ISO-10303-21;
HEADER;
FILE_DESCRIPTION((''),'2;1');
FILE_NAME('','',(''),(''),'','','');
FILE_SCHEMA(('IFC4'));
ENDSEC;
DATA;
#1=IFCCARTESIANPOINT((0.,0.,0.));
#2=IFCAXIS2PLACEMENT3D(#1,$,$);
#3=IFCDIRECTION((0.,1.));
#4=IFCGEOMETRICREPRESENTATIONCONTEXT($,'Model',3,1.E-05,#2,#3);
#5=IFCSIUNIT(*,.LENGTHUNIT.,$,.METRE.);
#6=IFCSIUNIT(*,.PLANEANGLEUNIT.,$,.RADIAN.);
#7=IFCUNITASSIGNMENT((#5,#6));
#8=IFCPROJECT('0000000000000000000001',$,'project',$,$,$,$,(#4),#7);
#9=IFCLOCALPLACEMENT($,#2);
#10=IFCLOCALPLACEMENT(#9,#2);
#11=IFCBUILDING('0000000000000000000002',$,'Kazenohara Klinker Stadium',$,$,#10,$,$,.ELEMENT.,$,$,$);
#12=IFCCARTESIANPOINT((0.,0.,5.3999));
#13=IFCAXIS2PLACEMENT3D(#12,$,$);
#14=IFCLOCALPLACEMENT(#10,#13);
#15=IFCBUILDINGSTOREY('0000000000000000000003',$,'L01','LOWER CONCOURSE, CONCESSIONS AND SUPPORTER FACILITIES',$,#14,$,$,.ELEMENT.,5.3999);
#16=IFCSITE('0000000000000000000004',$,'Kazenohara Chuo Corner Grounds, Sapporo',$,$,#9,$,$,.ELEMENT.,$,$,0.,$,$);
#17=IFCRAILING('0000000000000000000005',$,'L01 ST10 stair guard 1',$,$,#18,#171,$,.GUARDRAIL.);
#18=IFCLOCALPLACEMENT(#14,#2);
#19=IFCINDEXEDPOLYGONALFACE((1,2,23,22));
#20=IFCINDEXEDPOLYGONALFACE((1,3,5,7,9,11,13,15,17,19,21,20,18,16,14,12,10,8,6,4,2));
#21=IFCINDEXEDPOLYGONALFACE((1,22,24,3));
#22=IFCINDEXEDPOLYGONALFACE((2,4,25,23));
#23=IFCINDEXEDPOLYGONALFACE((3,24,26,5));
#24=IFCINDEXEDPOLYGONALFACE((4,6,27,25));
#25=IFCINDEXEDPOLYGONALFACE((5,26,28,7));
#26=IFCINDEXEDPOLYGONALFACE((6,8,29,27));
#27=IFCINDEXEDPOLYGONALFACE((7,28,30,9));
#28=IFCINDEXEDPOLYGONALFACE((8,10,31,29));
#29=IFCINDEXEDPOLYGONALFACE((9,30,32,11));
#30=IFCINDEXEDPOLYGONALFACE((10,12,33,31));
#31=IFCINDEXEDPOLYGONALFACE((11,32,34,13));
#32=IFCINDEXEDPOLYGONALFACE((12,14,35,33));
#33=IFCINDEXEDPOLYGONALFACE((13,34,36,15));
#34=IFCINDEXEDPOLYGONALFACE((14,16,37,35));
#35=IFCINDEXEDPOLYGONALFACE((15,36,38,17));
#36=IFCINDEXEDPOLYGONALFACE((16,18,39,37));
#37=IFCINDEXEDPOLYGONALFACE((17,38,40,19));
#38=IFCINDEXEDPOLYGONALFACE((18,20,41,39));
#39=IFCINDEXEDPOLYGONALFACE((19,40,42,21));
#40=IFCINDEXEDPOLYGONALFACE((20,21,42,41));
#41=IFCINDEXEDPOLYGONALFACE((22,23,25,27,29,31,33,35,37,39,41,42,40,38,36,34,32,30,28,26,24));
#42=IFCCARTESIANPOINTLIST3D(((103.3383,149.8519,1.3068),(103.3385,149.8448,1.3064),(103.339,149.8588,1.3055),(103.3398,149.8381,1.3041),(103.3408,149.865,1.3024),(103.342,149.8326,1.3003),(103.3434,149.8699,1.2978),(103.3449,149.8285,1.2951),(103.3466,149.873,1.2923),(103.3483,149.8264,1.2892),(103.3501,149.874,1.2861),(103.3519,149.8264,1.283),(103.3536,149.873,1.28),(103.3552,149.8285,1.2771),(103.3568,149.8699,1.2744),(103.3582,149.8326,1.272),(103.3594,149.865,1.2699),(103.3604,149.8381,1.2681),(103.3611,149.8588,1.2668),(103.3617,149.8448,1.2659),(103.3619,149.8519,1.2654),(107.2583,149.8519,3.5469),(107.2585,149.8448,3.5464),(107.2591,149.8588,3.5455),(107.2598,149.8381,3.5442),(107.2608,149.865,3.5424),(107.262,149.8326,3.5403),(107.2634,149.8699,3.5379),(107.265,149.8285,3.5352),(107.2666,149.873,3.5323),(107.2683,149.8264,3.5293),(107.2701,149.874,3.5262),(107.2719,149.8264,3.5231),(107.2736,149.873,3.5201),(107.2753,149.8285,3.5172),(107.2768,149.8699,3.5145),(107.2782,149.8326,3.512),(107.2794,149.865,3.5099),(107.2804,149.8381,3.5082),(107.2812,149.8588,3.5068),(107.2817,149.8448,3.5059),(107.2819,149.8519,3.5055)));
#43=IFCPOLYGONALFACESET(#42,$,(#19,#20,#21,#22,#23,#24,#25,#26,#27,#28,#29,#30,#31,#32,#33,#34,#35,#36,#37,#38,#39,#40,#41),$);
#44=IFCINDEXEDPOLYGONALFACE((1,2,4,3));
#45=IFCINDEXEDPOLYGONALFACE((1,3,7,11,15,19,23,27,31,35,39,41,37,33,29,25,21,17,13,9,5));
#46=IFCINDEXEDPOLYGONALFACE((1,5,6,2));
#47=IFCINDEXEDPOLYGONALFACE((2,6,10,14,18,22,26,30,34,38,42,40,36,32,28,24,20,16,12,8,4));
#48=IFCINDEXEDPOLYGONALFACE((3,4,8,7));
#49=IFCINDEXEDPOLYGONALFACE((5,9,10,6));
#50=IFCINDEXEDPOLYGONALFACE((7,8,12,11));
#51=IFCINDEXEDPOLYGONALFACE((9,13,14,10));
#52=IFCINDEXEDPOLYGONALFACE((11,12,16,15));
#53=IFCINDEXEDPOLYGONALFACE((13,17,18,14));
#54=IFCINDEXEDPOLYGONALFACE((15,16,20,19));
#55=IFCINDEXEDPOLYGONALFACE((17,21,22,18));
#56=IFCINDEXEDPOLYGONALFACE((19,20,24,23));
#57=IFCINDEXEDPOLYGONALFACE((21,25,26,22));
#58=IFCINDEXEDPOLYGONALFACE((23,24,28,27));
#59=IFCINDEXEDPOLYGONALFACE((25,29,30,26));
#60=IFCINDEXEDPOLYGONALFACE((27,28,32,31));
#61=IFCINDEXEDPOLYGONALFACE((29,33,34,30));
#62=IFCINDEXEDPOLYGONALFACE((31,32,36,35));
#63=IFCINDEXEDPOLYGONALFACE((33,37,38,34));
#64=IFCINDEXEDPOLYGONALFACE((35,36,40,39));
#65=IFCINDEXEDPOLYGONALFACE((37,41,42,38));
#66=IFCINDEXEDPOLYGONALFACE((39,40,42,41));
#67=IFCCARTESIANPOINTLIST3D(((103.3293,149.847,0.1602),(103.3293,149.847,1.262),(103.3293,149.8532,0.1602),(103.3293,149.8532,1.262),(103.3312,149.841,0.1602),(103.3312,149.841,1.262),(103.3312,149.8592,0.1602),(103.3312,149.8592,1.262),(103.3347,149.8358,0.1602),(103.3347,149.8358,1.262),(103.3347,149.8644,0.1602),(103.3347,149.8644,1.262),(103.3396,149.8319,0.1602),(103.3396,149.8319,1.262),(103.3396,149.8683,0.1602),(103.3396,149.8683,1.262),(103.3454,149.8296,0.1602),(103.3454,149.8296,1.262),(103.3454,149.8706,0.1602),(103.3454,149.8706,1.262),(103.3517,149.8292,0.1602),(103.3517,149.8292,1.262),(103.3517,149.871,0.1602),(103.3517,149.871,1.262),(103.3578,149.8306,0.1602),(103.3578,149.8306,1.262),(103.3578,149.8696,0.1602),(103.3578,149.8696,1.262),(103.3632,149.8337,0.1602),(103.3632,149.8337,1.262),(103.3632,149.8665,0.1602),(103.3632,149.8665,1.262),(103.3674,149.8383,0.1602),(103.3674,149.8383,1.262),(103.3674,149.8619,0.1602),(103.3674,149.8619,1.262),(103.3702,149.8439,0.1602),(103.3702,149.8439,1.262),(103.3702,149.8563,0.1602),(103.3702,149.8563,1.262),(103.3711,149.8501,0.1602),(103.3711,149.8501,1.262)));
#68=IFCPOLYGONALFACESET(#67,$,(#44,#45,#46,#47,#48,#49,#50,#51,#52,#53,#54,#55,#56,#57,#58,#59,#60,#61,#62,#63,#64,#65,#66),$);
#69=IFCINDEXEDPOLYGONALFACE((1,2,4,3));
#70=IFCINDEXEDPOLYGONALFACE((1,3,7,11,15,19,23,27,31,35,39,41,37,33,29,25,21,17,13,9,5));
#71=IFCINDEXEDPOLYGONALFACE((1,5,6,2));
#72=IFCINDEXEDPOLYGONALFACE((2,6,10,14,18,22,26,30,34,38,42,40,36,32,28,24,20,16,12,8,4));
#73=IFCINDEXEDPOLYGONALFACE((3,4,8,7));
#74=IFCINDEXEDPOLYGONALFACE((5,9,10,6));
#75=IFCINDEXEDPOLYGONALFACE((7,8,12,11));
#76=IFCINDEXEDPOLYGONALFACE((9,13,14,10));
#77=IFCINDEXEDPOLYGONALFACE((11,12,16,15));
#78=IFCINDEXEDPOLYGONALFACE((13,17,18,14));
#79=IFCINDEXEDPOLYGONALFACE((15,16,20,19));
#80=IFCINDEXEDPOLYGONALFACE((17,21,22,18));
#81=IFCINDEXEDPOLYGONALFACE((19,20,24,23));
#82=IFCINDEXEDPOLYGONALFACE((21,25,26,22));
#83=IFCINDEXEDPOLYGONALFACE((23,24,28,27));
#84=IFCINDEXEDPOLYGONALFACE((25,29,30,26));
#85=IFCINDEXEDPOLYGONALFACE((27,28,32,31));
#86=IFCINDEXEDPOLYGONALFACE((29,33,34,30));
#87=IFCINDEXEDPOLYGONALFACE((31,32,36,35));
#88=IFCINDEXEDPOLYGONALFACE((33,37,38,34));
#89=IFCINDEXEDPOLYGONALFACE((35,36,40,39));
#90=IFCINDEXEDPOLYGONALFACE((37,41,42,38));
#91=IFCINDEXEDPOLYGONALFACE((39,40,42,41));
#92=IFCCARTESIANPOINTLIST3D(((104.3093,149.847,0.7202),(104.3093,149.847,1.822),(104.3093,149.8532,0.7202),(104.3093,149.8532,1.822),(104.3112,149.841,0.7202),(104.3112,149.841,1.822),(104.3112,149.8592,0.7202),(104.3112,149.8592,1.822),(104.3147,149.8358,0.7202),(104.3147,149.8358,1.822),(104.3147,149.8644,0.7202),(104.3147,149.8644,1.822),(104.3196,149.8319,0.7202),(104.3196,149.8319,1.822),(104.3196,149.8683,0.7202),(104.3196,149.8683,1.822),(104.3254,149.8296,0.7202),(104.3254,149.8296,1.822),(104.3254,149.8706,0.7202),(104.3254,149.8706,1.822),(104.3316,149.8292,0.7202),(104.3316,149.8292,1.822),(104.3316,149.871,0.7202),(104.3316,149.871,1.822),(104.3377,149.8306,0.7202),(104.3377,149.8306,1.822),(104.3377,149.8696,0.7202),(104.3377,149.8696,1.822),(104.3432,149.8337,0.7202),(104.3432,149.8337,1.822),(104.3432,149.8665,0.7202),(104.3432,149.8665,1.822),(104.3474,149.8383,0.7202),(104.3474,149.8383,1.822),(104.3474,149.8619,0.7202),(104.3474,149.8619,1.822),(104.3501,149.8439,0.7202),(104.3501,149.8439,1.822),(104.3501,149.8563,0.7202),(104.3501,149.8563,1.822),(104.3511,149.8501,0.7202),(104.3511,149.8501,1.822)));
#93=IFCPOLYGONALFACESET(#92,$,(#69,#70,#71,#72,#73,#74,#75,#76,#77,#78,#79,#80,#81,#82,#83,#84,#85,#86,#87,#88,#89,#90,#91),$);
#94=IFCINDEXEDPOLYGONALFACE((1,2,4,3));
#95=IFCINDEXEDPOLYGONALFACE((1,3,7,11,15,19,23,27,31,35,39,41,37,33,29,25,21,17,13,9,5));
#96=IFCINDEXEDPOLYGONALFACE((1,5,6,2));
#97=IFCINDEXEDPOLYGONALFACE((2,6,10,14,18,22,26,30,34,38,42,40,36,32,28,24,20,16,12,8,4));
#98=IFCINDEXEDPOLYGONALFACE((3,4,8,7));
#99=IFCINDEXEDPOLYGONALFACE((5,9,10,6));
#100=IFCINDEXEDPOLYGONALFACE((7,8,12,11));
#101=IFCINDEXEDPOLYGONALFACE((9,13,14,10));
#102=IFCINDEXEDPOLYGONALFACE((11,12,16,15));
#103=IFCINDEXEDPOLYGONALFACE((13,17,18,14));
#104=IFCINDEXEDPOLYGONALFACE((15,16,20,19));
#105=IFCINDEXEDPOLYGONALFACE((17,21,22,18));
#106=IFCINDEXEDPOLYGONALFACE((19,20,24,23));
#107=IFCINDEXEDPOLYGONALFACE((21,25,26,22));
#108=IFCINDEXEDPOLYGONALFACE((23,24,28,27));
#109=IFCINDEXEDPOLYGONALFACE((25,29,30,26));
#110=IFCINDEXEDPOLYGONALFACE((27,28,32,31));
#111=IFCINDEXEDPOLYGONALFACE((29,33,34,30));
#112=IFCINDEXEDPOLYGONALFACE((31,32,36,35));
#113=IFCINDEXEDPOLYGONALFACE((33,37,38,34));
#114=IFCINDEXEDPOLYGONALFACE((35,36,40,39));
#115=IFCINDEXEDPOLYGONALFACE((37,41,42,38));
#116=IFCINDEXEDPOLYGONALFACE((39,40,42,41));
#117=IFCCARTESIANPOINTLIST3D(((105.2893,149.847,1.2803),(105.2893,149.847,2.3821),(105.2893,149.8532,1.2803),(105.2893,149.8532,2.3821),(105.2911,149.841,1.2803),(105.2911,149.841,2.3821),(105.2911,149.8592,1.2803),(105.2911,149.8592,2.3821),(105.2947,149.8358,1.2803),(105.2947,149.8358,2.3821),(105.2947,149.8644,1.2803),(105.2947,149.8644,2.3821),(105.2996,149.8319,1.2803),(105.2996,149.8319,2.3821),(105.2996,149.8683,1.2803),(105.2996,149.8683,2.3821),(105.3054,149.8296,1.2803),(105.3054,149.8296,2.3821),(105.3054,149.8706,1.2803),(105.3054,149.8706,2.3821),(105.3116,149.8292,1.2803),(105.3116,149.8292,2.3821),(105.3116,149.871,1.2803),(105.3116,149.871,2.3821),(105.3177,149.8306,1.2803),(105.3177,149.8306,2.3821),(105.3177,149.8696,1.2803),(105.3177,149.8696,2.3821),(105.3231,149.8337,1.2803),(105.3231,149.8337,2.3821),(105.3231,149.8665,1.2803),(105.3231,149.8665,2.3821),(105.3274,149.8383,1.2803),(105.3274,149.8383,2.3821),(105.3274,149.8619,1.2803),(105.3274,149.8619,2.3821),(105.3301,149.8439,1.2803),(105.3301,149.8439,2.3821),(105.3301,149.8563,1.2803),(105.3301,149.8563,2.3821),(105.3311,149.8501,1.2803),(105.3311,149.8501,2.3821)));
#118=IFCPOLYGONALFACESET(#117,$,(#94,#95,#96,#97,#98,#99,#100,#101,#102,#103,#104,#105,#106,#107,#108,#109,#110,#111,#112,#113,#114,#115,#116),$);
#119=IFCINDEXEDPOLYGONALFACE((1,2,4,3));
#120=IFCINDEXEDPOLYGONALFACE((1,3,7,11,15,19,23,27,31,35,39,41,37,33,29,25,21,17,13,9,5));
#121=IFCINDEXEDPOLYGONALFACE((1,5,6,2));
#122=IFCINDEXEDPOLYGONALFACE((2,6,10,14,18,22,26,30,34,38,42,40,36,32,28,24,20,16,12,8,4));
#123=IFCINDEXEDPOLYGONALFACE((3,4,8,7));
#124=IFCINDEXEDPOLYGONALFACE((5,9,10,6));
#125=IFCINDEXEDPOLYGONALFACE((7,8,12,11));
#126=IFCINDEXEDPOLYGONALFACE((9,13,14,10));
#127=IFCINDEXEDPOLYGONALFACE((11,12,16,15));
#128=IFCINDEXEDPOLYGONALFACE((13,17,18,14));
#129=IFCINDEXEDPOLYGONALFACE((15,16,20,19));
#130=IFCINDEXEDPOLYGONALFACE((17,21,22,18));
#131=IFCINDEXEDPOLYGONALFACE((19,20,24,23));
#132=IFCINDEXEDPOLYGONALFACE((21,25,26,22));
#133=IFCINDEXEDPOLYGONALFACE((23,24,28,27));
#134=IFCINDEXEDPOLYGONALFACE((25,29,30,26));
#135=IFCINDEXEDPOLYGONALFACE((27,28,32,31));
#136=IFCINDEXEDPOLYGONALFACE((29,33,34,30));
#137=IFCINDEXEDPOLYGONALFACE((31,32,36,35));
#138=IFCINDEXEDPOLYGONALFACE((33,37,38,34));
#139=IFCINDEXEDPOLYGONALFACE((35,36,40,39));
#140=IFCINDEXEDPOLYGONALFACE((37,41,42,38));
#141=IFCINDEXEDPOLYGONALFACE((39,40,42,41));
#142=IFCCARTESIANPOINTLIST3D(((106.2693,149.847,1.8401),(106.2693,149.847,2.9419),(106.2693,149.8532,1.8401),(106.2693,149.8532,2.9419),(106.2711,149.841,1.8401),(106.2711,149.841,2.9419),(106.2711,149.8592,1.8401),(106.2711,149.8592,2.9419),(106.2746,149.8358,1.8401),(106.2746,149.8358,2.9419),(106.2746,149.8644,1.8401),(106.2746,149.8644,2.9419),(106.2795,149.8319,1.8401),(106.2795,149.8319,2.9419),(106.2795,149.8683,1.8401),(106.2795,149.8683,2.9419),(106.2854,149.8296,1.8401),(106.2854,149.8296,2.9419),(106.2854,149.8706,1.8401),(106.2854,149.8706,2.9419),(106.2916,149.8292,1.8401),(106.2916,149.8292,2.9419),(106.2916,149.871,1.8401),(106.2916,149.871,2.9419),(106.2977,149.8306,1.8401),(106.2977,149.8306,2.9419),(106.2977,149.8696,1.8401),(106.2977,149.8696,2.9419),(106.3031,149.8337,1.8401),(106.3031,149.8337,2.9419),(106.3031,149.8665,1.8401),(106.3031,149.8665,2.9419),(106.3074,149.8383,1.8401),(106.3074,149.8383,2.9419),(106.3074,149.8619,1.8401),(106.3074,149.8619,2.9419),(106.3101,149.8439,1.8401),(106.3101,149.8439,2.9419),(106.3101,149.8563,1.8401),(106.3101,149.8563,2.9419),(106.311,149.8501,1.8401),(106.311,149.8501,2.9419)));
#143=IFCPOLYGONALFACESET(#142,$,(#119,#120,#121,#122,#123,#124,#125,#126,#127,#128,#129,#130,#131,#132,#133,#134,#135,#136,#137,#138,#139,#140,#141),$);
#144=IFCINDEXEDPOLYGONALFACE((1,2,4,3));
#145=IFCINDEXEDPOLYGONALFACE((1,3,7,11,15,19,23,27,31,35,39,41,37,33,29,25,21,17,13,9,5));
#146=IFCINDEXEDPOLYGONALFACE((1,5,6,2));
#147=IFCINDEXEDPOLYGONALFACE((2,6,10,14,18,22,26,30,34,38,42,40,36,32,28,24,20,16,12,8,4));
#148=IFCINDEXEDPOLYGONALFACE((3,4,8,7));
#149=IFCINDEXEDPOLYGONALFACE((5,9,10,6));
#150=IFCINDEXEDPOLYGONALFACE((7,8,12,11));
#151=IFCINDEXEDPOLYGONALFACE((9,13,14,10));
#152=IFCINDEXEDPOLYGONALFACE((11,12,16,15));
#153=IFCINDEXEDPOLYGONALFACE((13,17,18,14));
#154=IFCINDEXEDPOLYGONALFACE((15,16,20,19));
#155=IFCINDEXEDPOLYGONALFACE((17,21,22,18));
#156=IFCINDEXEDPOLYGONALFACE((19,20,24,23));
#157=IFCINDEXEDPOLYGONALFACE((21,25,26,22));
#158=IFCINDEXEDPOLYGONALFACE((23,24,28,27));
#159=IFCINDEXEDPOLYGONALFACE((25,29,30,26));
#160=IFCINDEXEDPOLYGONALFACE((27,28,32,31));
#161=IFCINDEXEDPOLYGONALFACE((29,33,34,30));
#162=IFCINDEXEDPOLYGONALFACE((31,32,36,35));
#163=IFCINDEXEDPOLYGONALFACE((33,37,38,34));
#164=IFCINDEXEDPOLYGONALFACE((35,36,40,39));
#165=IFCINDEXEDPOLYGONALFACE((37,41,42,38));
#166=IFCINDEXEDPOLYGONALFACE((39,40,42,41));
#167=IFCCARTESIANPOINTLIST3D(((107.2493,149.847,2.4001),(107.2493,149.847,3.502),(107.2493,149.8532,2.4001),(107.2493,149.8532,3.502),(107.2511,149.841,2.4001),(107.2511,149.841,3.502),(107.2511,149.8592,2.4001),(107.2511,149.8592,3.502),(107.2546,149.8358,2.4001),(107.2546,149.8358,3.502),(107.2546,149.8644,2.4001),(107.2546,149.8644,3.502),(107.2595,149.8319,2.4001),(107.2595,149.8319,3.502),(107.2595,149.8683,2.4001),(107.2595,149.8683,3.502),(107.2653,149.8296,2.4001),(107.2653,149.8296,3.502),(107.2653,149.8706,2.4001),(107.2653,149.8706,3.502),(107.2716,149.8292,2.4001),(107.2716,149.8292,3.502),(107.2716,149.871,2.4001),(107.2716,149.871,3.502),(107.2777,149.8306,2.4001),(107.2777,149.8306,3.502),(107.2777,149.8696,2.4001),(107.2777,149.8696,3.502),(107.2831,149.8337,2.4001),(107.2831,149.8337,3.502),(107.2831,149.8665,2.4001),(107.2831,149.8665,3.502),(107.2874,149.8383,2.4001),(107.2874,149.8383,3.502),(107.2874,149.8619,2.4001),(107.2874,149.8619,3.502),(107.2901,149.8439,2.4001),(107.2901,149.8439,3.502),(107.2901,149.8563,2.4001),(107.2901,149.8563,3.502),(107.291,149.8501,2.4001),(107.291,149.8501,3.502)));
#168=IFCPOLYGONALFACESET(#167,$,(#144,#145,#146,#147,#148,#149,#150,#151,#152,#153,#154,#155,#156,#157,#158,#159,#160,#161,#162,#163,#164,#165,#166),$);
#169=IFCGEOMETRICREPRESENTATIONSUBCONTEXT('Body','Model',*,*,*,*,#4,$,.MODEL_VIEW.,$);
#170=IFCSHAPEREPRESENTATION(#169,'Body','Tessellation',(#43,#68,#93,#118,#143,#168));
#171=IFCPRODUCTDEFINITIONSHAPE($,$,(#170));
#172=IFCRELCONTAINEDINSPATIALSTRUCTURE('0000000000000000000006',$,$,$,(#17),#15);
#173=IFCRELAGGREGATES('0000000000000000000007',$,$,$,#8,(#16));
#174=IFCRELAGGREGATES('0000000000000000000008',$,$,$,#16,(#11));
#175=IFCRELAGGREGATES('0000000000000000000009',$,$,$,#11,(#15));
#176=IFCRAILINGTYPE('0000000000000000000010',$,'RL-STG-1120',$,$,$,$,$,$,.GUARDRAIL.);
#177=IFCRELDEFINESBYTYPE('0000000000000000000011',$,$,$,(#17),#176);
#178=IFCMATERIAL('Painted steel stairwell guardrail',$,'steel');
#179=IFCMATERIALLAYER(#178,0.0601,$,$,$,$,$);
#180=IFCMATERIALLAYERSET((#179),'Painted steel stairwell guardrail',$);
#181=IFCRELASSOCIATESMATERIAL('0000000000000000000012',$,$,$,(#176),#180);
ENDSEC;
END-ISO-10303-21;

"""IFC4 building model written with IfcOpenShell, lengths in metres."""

from ifc_helpers import new_model, si_unit, direction, frame, origin, origin_2d, place, context, subcontext, project, spatial, circle, extrude, material, layer, layer_set, type_object, element, save


model = new_model("IFC4")

# Units and contexts
model_context = context("Model", 3, precision=1e-05, world=origin(), true_north=direction((0.0, 1.0)))
body_context = subcontext(model_context, "Body", "Model", "MODEL_VIEW")
ifc_project = project(units=[si_unit("LENGTHUNIT", "METRE"), si_unit("PLANEANGLEUNIT", "RADIAN")], contexts=[model_context])

# Site, building, storey
site_placement = place(None, origin())
site = spatial("IfcSite", under=ifc_project, at=site_placement, Name="Kazenohara Chuo Corner Grounds, Sapporo", CompositionType="ELEMENT", RefElevation=0.0)
building_placement = place(site_placement, origin())
building = spatial("IfcBuilding", under=site, at=building_placement, Name="Kazenohara Klinker Stadium", CompositionType="ELEMENT")
storey_placement = place(building_placement, frame((0.0, 0.0, 5.3999)))
storey = spatial("IfcBuildingStorey", under=building, at=storey_placement, Name="L01", Description="LOWER CONCOURSE, CONCESSIONS AND SUPPORTER FACILITIES", CompositionType="ELEMENT", Elevation=5.3999)

# Railing
ifc_material_1 = material(Name="Painted steel stairwell guardrail", Category="steel")
ifc_layer_1 = layer(ifc_material_1, 0.0601)
ifc_layer_set_1 = layer_set([ifc_layer_1], Name="Painted steel stairwell guardrail")
railing_type = type_object("IfcRailingType", Name="RL-STG-1120", PredefinedType="GUARDRAIL", material=ifc_layer_set_1)
railing_1_placement = place(storey_placement, frame((103.3501, 149.8501, 0.1602)))
element("IfcRailing", 1, at=railing_1_placement, inside=storey, type_object=railing_type, Name="L01 ST10 stair guard 1", PredefinedType="GUARDRAIL", context=body_context, shape_type="SweptSolid", body=[
    extrude(circle(Radius=0.0239, at=origin_2d()), frame((0.0, 0.0, 1.126), z_axis=(0.86824, 0.0, 0.496145), x_axis=(0.0, 1.0, 0.0)), (0.0, 0.0, 1.0), 4.5149),
    extrude(circle(Radius=0.021, at=origin_2d()), origin(), (0.0, 0.0, 1.0), 1.1018),
    extrude(circle(Radius=0.021, at=origin_2d()), frame((0.98, 0.0, 0.5601)), (0.0, 0.0, 1.0), 1.1018),
    extrude(circle(Radius=0.021, at=origin_2d()), frame((1.96, 0.0, 1.1201)), (0.0, 0.0, 1.0), 1.1018),
    extrude(circle(Radius=0.021, at=origin_2d()), frame((2.9399, 0.0, 1.6799)), (0.0, 0.0, 1.0), 1.1018),
    extrude(circle(Radius=0.021, at=origin_2d()), frame((3.9199, 0.0, 2.24)), (0.0, 0.0, 1.0), 1.1018),
])

save(model, "model.ifc")
